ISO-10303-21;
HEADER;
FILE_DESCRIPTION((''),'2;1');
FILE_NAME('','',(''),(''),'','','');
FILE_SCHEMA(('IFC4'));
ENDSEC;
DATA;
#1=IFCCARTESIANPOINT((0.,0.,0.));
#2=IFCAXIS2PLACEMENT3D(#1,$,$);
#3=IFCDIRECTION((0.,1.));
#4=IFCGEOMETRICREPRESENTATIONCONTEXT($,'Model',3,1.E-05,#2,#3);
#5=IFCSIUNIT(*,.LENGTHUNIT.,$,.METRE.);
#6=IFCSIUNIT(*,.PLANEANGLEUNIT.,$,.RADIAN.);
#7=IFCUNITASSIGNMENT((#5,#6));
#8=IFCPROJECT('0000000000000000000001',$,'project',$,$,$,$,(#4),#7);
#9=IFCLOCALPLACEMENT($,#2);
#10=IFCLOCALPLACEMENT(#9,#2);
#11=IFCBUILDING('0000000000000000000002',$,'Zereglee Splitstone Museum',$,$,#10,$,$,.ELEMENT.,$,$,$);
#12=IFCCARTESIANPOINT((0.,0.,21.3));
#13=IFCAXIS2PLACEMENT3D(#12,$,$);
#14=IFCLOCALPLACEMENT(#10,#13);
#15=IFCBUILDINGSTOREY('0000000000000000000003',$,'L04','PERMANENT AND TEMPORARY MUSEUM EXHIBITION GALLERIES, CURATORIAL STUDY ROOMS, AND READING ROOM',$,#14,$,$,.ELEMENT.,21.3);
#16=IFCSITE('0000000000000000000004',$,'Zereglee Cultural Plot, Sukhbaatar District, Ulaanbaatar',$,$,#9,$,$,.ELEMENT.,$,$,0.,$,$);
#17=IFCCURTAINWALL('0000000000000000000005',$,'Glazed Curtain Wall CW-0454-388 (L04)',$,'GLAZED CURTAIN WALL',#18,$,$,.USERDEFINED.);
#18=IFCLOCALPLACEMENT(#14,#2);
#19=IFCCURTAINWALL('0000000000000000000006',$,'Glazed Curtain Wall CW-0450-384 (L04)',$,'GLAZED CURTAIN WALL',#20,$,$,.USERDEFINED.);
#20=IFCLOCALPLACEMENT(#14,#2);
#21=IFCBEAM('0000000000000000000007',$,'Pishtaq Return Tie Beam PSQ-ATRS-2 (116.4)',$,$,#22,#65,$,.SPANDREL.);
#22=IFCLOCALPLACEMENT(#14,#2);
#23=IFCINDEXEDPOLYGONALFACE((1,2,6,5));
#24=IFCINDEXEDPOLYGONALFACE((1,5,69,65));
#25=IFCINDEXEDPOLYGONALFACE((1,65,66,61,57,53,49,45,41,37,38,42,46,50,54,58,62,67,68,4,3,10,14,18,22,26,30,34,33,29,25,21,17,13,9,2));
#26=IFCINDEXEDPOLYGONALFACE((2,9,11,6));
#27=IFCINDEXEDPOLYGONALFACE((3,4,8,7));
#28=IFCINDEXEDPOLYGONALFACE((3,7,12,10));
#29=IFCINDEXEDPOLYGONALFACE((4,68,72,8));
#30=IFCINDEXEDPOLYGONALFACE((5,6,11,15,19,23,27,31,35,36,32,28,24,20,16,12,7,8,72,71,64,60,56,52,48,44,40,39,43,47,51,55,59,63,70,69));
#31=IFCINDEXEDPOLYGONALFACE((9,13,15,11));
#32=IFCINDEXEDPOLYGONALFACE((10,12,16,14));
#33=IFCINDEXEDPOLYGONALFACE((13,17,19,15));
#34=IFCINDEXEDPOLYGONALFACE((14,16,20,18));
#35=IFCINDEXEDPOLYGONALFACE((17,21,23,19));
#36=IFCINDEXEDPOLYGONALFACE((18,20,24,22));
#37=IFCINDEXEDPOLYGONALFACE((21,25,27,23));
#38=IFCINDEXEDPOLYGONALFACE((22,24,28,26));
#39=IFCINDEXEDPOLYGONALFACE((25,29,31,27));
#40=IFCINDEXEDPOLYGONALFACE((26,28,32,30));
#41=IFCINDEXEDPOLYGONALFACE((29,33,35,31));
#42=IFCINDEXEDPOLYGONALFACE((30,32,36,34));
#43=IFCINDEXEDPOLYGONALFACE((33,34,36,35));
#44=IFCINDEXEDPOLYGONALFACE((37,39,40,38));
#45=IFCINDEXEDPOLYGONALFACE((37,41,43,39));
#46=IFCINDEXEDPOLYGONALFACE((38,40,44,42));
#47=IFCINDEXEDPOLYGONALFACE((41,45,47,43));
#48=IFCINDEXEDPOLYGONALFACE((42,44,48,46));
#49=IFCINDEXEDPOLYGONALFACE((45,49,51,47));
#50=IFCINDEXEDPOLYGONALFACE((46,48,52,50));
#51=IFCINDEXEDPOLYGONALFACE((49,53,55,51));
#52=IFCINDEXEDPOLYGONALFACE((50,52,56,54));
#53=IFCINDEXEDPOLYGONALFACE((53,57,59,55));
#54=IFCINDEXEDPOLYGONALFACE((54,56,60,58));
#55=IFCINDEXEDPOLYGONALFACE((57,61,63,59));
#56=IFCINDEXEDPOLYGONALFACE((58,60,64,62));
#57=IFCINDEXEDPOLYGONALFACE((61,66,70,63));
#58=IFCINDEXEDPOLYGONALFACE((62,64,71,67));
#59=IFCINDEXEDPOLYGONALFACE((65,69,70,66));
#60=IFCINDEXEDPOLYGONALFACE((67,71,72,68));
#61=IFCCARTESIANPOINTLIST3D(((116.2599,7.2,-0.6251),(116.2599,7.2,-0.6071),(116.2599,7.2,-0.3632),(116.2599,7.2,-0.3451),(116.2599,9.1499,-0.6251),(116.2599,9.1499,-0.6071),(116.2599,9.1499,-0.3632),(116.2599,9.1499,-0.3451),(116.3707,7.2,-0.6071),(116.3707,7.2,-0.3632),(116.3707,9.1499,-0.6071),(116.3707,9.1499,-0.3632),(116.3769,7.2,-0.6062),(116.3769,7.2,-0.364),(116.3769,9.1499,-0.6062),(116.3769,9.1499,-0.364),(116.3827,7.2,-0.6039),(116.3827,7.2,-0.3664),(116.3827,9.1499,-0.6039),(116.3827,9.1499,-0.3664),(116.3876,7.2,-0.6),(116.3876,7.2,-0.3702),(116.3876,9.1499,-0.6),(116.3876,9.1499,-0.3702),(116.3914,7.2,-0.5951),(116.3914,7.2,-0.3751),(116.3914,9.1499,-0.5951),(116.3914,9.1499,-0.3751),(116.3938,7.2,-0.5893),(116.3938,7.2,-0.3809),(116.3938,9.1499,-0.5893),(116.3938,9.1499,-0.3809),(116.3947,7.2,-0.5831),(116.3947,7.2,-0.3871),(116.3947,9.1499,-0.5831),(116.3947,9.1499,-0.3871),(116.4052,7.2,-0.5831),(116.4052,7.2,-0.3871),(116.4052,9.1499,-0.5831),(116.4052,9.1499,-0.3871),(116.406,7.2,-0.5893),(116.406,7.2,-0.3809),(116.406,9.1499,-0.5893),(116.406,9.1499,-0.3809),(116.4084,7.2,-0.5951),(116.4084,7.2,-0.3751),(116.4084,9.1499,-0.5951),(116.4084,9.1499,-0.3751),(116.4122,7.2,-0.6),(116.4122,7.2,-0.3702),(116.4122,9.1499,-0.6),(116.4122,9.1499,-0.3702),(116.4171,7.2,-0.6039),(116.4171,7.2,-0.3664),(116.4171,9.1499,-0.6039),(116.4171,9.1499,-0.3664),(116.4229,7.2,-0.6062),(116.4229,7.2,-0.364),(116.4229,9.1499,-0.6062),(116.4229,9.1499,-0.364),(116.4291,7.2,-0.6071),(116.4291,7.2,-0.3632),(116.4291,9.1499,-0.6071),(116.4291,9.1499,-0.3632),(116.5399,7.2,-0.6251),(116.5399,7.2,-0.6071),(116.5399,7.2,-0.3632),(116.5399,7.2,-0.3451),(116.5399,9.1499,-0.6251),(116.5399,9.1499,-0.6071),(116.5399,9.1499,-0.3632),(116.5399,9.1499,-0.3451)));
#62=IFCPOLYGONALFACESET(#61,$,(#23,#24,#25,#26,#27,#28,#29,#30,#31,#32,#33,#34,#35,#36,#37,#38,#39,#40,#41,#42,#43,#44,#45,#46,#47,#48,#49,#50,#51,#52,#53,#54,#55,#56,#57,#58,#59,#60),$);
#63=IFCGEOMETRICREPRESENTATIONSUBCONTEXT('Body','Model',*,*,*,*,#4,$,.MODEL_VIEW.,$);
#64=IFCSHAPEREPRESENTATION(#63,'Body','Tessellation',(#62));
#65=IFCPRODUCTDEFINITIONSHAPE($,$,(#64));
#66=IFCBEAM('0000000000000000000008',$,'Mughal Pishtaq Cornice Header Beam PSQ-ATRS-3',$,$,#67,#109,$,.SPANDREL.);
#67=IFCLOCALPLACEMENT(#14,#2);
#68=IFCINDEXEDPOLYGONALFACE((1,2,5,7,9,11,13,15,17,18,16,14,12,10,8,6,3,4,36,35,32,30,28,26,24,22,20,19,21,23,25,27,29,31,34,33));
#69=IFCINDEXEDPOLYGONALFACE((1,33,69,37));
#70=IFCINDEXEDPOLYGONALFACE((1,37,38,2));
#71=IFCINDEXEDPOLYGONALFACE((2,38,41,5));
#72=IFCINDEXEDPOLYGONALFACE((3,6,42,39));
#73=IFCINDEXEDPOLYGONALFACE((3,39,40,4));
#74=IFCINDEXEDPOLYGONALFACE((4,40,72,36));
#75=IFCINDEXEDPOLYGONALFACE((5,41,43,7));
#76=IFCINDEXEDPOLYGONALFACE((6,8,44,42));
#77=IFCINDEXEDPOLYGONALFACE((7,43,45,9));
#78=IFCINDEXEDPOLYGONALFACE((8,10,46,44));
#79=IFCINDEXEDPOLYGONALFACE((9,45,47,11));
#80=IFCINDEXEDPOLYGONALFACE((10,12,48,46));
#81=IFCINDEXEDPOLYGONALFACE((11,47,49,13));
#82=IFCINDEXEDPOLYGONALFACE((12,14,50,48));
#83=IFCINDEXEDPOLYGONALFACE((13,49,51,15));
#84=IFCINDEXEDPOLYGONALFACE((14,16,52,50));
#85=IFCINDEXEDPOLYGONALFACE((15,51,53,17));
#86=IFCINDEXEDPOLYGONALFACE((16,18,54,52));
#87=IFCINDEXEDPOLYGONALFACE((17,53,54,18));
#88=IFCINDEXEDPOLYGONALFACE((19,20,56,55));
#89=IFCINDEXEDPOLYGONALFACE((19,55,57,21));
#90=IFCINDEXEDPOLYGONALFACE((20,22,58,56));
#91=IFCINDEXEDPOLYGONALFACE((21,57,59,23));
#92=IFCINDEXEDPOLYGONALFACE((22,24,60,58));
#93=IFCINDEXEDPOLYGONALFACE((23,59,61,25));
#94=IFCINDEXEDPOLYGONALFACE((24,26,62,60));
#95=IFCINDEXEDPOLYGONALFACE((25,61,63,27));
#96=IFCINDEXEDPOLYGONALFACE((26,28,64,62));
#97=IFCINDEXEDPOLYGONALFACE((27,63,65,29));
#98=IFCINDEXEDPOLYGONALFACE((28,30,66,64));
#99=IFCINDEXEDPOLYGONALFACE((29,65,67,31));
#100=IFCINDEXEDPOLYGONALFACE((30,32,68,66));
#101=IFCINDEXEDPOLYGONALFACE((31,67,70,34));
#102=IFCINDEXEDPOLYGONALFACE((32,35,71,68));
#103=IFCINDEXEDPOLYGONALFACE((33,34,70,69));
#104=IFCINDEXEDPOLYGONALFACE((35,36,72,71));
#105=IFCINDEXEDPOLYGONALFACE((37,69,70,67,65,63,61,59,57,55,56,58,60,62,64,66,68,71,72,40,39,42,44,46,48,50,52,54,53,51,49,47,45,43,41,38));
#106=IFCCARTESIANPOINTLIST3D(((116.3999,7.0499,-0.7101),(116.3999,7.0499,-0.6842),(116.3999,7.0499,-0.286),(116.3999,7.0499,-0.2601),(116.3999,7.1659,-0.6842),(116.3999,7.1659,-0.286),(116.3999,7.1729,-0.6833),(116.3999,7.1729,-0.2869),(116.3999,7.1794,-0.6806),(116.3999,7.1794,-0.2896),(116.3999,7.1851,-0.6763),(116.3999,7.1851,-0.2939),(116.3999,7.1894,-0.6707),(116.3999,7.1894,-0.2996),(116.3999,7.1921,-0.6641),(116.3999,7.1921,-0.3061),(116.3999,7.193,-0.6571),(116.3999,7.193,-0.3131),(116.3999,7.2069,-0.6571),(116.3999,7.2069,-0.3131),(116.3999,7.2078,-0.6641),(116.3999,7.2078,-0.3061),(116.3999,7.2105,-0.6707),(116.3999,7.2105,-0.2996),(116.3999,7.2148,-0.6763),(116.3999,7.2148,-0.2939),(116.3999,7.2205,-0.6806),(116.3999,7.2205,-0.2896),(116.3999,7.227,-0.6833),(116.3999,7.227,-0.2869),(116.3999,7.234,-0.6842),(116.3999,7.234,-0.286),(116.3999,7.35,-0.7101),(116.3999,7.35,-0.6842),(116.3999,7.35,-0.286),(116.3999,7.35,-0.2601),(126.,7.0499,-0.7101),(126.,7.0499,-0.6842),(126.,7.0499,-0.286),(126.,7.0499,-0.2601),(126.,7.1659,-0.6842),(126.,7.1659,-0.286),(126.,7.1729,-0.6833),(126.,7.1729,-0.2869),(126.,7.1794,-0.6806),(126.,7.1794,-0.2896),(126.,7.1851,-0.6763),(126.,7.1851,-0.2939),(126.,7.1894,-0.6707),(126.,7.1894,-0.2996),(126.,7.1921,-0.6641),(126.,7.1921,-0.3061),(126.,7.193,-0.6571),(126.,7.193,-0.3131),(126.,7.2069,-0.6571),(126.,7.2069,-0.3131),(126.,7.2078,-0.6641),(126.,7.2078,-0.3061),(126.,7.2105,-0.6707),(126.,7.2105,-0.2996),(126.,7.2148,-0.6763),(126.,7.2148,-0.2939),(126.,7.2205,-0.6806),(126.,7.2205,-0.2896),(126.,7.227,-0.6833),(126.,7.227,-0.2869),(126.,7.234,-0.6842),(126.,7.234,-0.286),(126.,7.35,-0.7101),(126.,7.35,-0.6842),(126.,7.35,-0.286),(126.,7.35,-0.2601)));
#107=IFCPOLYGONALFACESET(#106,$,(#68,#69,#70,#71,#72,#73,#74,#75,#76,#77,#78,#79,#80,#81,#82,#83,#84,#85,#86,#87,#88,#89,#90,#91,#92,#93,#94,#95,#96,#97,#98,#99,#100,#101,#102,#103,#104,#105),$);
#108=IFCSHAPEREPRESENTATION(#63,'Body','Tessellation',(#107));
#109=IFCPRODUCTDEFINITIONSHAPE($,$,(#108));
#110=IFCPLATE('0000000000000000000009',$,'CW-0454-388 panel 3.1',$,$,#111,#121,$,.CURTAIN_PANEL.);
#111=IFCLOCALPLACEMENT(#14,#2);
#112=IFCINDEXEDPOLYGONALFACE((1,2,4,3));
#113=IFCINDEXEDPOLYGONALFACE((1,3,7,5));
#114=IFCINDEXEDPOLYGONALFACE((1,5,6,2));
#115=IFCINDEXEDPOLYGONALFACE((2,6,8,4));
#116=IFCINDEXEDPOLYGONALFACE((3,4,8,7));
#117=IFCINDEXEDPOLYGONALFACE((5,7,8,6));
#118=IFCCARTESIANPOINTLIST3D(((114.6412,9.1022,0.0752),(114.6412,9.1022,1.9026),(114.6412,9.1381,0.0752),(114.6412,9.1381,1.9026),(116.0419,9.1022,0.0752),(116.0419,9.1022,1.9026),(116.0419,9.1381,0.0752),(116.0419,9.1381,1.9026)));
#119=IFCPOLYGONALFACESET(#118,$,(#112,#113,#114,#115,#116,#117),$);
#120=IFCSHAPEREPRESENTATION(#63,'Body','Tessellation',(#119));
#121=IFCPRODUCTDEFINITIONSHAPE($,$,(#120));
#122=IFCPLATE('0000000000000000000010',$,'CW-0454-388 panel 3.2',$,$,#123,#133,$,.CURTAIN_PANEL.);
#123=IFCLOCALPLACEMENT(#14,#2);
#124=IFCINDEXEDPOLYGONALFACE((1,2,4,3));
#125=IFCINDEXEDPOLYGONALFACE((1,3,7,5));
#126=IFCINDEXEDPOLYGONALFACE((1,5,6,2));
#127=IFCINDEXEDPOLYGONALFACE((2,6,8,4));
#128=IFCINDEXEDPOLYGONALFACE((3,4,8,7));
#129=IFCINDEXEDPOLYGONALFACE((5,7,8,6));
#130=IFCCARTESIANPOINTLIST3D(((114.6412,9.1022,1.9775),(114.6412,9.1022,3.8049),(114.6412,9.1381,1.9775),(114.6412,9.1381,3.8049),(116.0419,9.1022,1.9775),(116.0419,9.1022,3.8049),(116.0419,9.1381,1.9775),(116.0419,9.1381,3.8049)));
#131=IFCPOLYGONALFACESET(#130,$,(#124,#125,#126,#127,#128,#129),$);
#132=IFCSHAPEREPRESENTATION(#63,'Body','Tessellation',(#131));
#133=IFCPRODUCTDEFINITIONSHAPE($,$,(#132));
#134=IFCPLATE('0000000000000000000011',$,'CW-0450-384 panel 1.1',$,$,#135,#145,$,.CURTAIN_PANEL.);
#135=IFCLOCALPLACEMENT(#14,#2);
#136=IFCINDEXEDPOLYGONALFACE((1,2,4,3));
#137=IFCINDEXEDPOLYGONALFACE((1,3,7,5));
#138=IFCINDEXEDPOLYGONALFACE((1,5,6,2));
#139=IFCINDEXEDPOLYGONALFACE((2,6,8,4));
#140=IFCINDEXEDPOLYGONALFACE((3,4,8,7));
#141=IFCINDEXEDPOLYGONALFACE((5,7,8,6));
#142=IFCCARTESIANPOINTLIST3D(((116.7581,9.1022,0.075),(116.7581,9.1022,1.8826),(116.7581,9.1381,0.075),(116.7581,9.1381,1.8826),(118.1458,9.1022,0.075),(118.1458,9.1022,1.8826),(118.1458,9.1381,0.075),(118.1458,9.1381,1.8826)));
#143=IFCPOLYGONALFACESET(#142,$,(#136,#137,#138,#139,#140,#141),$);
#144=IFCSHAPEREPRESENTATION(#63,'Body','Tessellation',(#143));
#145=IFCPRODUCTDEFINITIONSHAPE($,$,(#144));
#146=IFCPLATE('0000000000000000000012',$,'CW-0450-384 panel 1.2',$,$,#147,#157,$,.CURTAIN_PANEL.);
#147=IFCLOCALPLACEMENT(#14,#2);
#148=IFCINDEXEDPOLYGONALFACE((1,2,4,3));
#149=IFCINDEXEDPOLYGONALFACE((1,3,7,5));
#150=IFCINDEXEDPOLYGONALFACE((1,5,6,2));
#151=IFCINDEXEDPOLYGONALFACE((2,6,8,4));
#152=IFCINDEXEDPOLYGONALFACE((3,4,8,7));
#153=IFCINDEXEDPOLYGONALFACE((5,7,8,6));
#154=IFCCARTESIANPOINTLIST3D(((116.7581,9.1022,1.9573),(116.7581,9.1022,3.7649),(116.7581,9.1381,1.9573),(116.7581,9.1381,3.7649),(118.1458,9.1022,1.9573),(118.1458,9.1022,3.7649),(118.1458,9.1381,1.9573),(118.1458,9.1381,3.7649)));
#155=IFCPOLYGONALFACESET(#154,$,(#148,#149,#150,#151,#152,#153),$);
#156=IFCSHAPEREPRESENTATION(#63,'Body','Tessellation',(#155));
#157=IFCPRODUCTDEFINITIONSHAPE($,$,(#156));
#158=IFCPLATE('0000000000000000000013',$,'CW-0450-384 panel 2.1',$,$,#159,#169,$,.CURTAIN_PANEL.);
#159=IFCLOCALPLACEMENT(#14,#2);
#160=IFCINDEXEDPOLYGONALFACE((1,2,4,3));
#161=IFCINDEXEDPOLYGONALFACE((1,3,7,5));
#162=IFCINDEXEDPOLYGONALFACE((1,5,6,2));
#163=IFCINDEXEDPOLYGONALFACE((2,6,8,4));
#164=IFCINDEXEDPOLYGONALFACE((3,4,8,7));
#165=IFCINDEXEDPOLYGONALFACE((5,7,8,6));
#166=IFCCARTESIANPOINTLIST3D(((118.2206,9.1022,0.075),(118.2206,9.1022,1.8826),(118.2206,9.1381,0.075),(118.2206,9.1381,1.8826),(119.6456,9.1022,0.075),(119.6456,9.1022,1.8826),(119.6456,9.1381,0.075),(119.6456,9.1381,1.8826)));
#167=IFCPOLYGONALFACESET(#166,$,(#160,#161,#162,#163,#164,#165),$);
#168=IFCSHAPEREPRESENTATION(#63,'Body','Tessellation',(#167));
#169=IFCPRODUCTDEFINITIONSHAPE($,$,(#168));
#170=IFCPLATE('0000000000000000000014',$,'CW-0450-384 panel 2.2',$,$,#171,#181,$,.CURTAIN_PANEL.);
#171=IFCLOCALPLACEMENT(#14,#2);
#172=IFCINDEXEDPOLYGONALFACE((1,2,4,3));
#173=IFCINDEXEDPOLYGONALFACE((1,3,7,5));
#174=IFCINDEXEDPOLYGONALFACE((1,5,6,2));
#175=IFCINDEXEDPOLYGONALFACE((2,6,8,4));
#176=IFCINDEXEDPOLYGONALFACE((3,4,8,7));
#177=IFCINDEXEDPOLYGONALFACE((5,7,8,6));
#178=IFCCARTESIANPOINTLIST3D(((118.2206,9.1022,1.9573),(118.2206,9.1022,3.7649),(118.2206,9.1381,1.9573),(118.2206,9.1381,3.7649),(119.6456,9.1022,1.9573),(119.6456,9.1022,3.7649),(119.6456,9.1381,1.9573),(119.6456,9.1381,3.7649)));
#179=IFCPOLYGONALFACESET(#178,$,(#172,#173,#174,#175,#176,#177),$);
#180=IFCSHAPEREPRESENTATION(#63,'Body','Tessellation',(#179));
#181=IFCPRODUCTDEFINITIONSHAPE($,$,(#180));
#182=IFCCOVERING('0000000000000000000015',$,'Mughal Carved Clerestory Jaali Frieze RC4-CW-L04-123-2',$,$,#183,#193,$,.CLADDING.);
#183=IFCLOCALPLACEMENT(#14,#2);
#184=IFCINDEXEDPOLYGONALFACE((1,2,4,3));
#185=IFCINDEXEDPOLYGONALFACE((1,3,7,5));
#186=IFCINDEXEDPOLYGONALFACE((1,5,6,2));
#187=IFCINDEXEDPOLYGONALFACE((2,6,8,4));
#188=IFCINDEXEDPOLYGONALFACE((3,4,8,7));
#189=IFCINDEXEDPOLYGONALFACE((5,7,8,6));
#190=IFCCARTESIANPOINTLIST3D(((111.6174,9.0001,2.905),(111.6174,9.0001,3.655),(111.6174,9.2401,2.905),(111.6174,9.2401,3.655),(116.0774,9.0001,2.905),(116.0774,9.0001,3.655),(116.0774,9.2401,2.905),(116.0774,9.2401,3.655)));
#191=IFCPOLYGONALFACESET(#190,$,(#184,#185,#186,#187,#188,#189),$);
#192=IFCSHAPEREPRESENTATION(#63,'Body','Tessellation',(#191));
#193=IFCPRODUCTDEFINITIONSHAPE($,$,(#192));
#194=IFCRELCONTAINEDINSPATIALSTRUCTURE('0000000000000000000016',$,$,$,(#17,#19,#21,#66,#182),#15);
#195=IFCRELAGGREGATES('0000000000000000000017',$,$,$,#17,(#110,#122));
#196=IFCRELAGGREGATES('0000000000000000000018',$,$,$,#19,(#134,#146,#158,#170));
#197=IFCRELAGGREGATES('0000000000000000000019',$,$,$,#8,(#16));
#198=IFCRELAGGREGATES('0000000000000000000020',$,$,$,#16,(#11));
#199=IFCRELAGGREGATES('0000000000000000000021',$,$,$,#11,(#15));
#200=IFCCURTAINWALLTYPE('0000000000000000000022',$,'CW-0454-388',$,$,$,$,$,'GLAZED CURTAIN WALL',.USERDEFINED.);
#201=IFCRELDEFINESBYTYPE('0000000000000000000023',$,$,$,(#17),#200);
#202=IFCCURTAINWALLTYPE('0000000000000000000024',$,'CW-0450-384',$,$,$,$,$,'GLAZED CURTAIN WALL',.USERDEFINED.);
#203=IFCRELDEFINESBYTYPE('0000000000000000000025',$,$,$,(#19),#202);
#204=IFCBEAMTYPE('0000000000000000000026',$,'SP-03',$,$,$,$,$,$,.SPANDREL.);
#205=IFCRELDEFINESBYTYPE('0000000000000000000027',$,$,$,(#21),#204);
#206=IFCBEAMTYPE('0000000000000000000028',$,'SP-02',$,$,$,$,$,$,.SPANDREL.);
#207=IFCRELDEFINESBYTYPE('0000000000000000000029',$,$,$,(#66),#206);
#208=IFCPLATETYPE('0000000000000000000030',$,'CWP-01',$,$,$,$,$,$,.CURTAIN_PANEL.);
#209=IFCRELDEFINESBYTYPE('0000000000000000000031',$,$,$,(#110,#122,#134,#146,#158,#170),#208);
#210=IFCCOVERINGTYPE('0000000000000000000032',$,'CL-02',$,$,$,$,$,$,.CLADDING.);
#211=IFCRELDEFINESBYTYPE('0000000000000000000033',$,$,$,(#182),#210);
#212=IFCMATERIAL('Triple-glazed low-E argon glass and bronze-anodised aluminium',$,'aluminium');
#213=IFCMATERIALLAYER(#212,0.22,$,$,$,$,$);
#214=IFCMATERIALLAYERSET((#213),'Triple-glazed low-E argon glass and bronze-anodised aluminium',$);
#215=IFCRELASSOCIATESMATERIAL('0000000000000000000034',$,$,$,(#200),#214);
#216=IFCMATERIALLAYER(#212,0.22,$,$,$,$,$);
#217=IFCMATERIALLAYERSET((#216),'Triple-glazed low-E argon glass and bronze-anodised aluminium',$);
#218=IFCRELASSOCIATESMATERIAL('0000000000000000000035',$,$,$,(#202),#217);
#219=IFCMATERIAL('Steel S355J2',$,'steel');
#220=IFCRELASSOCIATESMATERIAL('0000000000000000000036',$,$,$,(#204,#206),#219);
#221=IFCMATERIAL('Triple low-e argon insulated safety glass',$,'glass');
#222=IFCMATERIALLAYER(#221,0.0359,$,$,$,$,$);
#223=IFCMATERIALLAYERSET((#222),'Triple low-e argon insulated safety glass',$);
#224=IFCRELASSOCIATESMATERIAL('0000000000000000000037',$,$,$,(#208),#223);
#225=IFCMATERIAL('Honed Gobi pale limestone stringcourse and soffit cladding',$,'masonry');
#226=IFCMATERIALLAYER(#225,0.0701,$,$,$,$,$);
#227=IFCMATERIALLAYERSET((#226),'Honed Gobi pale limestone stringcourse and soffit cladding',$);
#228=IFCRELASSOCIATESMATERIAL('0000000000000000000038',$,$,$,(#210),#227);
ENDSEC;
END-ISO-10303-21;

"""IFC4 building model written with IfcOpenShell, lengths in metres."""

from ifc_helpers import new_model, si_unit, direction, frame, origin, origin_2d, place, context, subcontext, project, spatial, rectangle, i_section, extrude, material, layer, layer_set, material_profile, profile_set, type_object, element, aggregate, save


model = new_model("IFC4")

# Units and contexts
model_context = context("Model", 3, precision=1e-05, world=origin(), true_north=direction((0.0, 1.0)))
body_context = subcontext(model_context, "Body", "Model", "MODEL_VIEW")
ifc_project = project(units=[si_unit("LENGTHUNIT", "METRE"), si_unit("PLANEANGLEUNIT", "RADIAN")], contexts=[model_context])

# Site, building, storey
site_placement = place(None, origin())
site = spatial("IfcSite", under=ifc_project, at=site_placement, Name="Zereglee Cultural Plot, Sukhbaatar District, Ulaanbaatar", CompositionType="ELEMENT", RefElevation=0.0)
building_placement = place(site_placement, origin())
building = spatial("IfcBuilding", under=site, at=building_placement, Name="Zereglee Splitstone Museum", CompositionType="ELEMENT")
storey_placement = place(building_placement, frame((0.0, 0.0, 21.3)))
storey = spatial("IfcBuildingStorey", under=building, at=storey_placement, Name="L04", Description="PERMANENT AND TEMPORARY MUSEUM EXHIBITION GALLERIES, CURATORIAL STUDY ROOMS, AND READING ROOM", CompositionType="ELEMENT", Elevation=21.3)

# Curtain walls
ifc_material_1 = material(Name="Triple-glazed low-E argon glass and bronze-anodised aluminium", Category="aluminium")
ifc_layer_1 = layer(ifc_material_1, 0.22)
ifc_layer_set_1 = layer_set([ifc_layer_1], Name="Triple-glazed low-E argon glass and bronze-anodised aluminium")
curtain_wall_type_1 = type_object("IfcCurtainWallType", Name="CW-0454-388", ElementType="GLAZED CURTAIN WALL", PredefinedType="USERDEFINED", material=ifc_layer_set_1)
curtain_wall_1_placement = place(storey_placement, origin())
curtain_wall_1 = element("IfcCurtainWall", 1, at=curtain_wall_1_placement, inside=storey, type_object=curtain_wall_type_1, Name="Glazed Curtain Wall CW-0454-388 (L04)", ObjectType="GLAZED CURTAIN WALL", PredefinedType="USERDEFINED")
ifc_layer_2 = layer(ifc_material_1, 0.22)
ifc_layer_set_2 = layer_set([ifc_layer_2], Name="Triple-glazed low-E argon glass and bronze-anodised aluminium")
curtain_wall_type_2 = type_object("IfcCurtainWallType", Name="CW-0450-384", ElementType="GLAZED CURTAIN WALL", PredefinedType="USERDEFINED", material=ifc_layer_set_2)
curtain_wall_2_placement = place(storey_placement, origin())
curtain_wall_2 = element("IfcCurtainWall", 2, at=curtain_wall_2_placement, inside=storey, type_object=curtain_wall_type_2, Name="Glazed Curtain Wall CW-0450-384 (L04)", ObjectType="GLAZED CURTAIN WALL", PredefinedType="USERDEFINED")

# Beams
ifc_material_2 = material(Name="Steel S355J2", Category="steel")
ifc_material_profile_1 = material_profile(ifc_material_2, i_section(OverallWidth=0.28, OverallDepth=0.28, WebThickness=0.0105, FlangeThickness=0.0181, FilletRadius=0.0239, at=origin_2d()), Name="HE 280 B")
ifc_profile_set_1 = profile_set([ifc_material_profile_1], Name="Steel S355J2")
beam_type_1 = type_object("IfcBeamType", Name="SP-03", PredefinedType="SPANDREL", material=ifc_profile_set_1)
beam_1_placement = place(storey_placement, frame((116.3999, 7.2, -0.4851), z_axis=(0.0, 1.0, 0.0), x_axis=(-1.0, 0.0, 0.0)))
element("IfcBeam", 3, at=beam_1_placement, inside=storey, type_object=beam_type_1, Name="Pishtaq Return Tie Beam PSQ-ATRS-2 (116.4)", PredefinedType="SPANDREL", context=body_context, shape_type="SweptSolid", body=[
    extrude(i_section(OverallWidth=0.28, OverallDepth=0.28, WebThickness=0.0105, FlangeThickness=0.0181, FilletRadius=0.0239, at=origin_2d()), origin(), (0.0, 0.0, 1.0), 1.95),
])
ifc_material_profile_2 = material_profile(ifc_material_2, i_section(OverallWidth=0.3, OverallDepth=0.45, WebThickness=0.0139, FlangeThickness=0.0259, FilletRadius=0.0271, at=origin_2d()), Name="HE 450 B")
ifc_profile_set_2 = profile_set([ifc_material_profile_2], Name="Steel S355J2")
beam_type_2 = type_object("IfcBeamType", Name="SP-02", PredefinedType="SPANDREL", material=ifc_profile_set_2)
beam_2_placement = place(storey_placement, frame((116.3999, 7.2, -0.4851), z_axis=(1.0, 0.0, 0.0), x_axis=(0.0, 1.0, 0.0)))
element("IfcBeam", 4, at=beam_2_placement, inside=storey, type_object=beam_type_2, Name="Mughal Pishtaq Cornice Header Beam PSQ-ATRS-3", PredefinedType="SPANDREL", context=body_context, shape_type="SweptSolid", body=[
    extrude(i_section(OverallWidth=0.3, OverallDepth=0.45, WebThickness=0.0139, FlangeThickness=0.0259, FilletRadius=0.0271, at=origin_2d()), origin(), (0.0, 0.0, 1.0), 9.6001),
])

# Plates
ifc_material_3 = material(Name="Triple low-e argon insulated safety glass", Category="glass")
ifc_layer_3 = layer(ifc_material_3, 0.0359)
ifc_layer_set_3 = layer_set([ifc_layer_3], Name="Triple low-e argon insulated safety glass")
plate_type = type_object("IfcPlateType", Name="CWP-01", PredefinedType="CURTAIN_PANEL", material=ifc_layer_set_3)
plate_1_placement = place(storey_placement, frame((115.3416, 9.1201, 0.0752), z_axis=(0.0, 0.0, 1.0), x_axis=(1.0, 0.0, 0.0)))
plate_1 = element("IfcPlate", 5, at=plate_1_placement, type_object=plate_type, Name="CW-0454-388 panel 3.1", PredefinedType="CURTAIN_PANEL", context=body_context, shape_type="SweptSolid", body=[
    extrude(rectangle(XDim=1.4006, YDim=0.0359, at=origin_2d()), origin(), (0.0, 0.0, 1.0), 1.8274),
])
plate_2_placement = place(storey_placement, frame((115.3416, 9.1201, 1.9775), z_axis=(0.0, 0.0, 1.0), x_axis=(1.0, 0.0, 0.0)))
plate_2 = element("IfcPlate", 6, at=plate_2_placement, type_object=plate_type, Name="CW-0454-388 panel 3.2", PredefinedType="CURTAIN_PANEL", context=body_context, shape_type="SweptSolid", body=[
    extrude(rectangle(XDim=1.4006, YDim=0.0359, at=origin_2d()), origin(), (0.0, 0.0, 1.0), 1.8274),
])
aggregate(curtain_wall_1, [plate_1, plate_2])
plate_3_placement = place(storey_placement, frame((117.4519, 9.1201, 0.075), z_axis=(0.0, 0.0, 1.0), x_axis=(1.0, 0.0, 0.0)))
plate_3 = element("IfcPlate", 7, at=plate_3_placement, type_object=plate_type, Name="CW-0450-384 panel 1.1", PredefinedType="CURTAIN_PANEL", context=body_context, shape_type="SweptSolid", body=[
    extrude(rectangle(XDim=1.3877, YDim=0.0359, at=origin_2d()), origin(), (0.0, 0.0, 1.0), 1.8076),
])
plate_4_placement = place(storey_placement, frame((117.4519, 9.1201, 1.9573), z_axis=(0.0, 0.0, 1.0), x_axis=(1.0, 0.0, 0.0)))
plate_4 = element("IfcPlate", 8, at=plate_4_placement, type_object=plate_type, Name="CW-0450-384 panel 1.2", PredefinedType="CURTAIN_PANEL", context=body_context, shape_type="SweptSolid", body=[
    extrude(rectangle(XDim=1.3877, YDim=0.0359, at=origin_2d()), origin(), (0.0, 0.0, 1.0), 1.8076),
])
plate_5_placement = place(storey_placement, frame((118.9331, 9.1201, 0.075), z_axis=(0.0, 0.0, 1.0), x_axis=(1.0, 0.0, 0.0)))
plate_5 = element("IfcPlate", 9, at=plate_5_placement, type_object=plate_type, Name="CW-0450-384 panel 2.1", PredefinedType="CURTAIN_PANEL", context=body_context, shape_type="SweptSolid", body=[
    extrude(rectangle(XDim=1.425, YDim=0.0359, at=origin_2d()), origin(), (0.0, 0.0, 1.0), 1.8076),
])
plate_6_placement = place(storey_placement, frame((118.9331, 9.1201, 1.9573), z_axis=(0.0, 0.0, 1.0), x_axis=(1.0, 0.0, 0.0)))
plate_6 = element("IfcPlate", 10, at=plate_6_placement, type_object=plate_type, Name="CW-0450-384 panel 2.2", PredefinedType="CURTAIN_PANEL", context=body_context, shape_type="SweptSolid", body=[
    extrude(rectangle(XDim=1.425, YDim=0.0359, at=origin_2d()), origin(), (0.0, 0.0, 1.0), 1.8076),
])
aggregate(curtain_wall_2, [plate_3, plate_4, plate_5, plate_6])

# Covering
ifc_material_4 = material(Name="Honed Gobi pale limestone stringcourse and soffit cladding", Category="masonry")
ifc_layer_4 = layer(ifc_material_4, 0.0701)
ifc_layer_set_4 = layer_set([ifc_layer_4], Name="Honed Gobi pale limestone stringcourse and soffit cladding")
covering_type = type_object("IfcCoveringType", Name="CL-02", PredefinedType="CLADDING", material=ifc_layer_set_4)
covering_1_placement = place(storey_placement, frame((113.8474, 9.1201, 2.905), z_axis=(0.0, 0.0, 1.0), x_axis=(1.0, 0.0, 0.0)))
element("IfcCovering", 11, at=covering_1_placement, inside=storey, type_object=covering_type, Name="Mughal Carved Clerestory Jaali Frieze RC4-CW-L04-123-2", PredefinedType="CLADDING", context=body_context, shape_type="SweptSolid", body=[
    extrude(rectangle(XDim=4.46, YDim=0.24, at=origin_2d()), origin(), (0.0, 0.0, 1.0), 0.75),
])

save(model, "model.ifc")
